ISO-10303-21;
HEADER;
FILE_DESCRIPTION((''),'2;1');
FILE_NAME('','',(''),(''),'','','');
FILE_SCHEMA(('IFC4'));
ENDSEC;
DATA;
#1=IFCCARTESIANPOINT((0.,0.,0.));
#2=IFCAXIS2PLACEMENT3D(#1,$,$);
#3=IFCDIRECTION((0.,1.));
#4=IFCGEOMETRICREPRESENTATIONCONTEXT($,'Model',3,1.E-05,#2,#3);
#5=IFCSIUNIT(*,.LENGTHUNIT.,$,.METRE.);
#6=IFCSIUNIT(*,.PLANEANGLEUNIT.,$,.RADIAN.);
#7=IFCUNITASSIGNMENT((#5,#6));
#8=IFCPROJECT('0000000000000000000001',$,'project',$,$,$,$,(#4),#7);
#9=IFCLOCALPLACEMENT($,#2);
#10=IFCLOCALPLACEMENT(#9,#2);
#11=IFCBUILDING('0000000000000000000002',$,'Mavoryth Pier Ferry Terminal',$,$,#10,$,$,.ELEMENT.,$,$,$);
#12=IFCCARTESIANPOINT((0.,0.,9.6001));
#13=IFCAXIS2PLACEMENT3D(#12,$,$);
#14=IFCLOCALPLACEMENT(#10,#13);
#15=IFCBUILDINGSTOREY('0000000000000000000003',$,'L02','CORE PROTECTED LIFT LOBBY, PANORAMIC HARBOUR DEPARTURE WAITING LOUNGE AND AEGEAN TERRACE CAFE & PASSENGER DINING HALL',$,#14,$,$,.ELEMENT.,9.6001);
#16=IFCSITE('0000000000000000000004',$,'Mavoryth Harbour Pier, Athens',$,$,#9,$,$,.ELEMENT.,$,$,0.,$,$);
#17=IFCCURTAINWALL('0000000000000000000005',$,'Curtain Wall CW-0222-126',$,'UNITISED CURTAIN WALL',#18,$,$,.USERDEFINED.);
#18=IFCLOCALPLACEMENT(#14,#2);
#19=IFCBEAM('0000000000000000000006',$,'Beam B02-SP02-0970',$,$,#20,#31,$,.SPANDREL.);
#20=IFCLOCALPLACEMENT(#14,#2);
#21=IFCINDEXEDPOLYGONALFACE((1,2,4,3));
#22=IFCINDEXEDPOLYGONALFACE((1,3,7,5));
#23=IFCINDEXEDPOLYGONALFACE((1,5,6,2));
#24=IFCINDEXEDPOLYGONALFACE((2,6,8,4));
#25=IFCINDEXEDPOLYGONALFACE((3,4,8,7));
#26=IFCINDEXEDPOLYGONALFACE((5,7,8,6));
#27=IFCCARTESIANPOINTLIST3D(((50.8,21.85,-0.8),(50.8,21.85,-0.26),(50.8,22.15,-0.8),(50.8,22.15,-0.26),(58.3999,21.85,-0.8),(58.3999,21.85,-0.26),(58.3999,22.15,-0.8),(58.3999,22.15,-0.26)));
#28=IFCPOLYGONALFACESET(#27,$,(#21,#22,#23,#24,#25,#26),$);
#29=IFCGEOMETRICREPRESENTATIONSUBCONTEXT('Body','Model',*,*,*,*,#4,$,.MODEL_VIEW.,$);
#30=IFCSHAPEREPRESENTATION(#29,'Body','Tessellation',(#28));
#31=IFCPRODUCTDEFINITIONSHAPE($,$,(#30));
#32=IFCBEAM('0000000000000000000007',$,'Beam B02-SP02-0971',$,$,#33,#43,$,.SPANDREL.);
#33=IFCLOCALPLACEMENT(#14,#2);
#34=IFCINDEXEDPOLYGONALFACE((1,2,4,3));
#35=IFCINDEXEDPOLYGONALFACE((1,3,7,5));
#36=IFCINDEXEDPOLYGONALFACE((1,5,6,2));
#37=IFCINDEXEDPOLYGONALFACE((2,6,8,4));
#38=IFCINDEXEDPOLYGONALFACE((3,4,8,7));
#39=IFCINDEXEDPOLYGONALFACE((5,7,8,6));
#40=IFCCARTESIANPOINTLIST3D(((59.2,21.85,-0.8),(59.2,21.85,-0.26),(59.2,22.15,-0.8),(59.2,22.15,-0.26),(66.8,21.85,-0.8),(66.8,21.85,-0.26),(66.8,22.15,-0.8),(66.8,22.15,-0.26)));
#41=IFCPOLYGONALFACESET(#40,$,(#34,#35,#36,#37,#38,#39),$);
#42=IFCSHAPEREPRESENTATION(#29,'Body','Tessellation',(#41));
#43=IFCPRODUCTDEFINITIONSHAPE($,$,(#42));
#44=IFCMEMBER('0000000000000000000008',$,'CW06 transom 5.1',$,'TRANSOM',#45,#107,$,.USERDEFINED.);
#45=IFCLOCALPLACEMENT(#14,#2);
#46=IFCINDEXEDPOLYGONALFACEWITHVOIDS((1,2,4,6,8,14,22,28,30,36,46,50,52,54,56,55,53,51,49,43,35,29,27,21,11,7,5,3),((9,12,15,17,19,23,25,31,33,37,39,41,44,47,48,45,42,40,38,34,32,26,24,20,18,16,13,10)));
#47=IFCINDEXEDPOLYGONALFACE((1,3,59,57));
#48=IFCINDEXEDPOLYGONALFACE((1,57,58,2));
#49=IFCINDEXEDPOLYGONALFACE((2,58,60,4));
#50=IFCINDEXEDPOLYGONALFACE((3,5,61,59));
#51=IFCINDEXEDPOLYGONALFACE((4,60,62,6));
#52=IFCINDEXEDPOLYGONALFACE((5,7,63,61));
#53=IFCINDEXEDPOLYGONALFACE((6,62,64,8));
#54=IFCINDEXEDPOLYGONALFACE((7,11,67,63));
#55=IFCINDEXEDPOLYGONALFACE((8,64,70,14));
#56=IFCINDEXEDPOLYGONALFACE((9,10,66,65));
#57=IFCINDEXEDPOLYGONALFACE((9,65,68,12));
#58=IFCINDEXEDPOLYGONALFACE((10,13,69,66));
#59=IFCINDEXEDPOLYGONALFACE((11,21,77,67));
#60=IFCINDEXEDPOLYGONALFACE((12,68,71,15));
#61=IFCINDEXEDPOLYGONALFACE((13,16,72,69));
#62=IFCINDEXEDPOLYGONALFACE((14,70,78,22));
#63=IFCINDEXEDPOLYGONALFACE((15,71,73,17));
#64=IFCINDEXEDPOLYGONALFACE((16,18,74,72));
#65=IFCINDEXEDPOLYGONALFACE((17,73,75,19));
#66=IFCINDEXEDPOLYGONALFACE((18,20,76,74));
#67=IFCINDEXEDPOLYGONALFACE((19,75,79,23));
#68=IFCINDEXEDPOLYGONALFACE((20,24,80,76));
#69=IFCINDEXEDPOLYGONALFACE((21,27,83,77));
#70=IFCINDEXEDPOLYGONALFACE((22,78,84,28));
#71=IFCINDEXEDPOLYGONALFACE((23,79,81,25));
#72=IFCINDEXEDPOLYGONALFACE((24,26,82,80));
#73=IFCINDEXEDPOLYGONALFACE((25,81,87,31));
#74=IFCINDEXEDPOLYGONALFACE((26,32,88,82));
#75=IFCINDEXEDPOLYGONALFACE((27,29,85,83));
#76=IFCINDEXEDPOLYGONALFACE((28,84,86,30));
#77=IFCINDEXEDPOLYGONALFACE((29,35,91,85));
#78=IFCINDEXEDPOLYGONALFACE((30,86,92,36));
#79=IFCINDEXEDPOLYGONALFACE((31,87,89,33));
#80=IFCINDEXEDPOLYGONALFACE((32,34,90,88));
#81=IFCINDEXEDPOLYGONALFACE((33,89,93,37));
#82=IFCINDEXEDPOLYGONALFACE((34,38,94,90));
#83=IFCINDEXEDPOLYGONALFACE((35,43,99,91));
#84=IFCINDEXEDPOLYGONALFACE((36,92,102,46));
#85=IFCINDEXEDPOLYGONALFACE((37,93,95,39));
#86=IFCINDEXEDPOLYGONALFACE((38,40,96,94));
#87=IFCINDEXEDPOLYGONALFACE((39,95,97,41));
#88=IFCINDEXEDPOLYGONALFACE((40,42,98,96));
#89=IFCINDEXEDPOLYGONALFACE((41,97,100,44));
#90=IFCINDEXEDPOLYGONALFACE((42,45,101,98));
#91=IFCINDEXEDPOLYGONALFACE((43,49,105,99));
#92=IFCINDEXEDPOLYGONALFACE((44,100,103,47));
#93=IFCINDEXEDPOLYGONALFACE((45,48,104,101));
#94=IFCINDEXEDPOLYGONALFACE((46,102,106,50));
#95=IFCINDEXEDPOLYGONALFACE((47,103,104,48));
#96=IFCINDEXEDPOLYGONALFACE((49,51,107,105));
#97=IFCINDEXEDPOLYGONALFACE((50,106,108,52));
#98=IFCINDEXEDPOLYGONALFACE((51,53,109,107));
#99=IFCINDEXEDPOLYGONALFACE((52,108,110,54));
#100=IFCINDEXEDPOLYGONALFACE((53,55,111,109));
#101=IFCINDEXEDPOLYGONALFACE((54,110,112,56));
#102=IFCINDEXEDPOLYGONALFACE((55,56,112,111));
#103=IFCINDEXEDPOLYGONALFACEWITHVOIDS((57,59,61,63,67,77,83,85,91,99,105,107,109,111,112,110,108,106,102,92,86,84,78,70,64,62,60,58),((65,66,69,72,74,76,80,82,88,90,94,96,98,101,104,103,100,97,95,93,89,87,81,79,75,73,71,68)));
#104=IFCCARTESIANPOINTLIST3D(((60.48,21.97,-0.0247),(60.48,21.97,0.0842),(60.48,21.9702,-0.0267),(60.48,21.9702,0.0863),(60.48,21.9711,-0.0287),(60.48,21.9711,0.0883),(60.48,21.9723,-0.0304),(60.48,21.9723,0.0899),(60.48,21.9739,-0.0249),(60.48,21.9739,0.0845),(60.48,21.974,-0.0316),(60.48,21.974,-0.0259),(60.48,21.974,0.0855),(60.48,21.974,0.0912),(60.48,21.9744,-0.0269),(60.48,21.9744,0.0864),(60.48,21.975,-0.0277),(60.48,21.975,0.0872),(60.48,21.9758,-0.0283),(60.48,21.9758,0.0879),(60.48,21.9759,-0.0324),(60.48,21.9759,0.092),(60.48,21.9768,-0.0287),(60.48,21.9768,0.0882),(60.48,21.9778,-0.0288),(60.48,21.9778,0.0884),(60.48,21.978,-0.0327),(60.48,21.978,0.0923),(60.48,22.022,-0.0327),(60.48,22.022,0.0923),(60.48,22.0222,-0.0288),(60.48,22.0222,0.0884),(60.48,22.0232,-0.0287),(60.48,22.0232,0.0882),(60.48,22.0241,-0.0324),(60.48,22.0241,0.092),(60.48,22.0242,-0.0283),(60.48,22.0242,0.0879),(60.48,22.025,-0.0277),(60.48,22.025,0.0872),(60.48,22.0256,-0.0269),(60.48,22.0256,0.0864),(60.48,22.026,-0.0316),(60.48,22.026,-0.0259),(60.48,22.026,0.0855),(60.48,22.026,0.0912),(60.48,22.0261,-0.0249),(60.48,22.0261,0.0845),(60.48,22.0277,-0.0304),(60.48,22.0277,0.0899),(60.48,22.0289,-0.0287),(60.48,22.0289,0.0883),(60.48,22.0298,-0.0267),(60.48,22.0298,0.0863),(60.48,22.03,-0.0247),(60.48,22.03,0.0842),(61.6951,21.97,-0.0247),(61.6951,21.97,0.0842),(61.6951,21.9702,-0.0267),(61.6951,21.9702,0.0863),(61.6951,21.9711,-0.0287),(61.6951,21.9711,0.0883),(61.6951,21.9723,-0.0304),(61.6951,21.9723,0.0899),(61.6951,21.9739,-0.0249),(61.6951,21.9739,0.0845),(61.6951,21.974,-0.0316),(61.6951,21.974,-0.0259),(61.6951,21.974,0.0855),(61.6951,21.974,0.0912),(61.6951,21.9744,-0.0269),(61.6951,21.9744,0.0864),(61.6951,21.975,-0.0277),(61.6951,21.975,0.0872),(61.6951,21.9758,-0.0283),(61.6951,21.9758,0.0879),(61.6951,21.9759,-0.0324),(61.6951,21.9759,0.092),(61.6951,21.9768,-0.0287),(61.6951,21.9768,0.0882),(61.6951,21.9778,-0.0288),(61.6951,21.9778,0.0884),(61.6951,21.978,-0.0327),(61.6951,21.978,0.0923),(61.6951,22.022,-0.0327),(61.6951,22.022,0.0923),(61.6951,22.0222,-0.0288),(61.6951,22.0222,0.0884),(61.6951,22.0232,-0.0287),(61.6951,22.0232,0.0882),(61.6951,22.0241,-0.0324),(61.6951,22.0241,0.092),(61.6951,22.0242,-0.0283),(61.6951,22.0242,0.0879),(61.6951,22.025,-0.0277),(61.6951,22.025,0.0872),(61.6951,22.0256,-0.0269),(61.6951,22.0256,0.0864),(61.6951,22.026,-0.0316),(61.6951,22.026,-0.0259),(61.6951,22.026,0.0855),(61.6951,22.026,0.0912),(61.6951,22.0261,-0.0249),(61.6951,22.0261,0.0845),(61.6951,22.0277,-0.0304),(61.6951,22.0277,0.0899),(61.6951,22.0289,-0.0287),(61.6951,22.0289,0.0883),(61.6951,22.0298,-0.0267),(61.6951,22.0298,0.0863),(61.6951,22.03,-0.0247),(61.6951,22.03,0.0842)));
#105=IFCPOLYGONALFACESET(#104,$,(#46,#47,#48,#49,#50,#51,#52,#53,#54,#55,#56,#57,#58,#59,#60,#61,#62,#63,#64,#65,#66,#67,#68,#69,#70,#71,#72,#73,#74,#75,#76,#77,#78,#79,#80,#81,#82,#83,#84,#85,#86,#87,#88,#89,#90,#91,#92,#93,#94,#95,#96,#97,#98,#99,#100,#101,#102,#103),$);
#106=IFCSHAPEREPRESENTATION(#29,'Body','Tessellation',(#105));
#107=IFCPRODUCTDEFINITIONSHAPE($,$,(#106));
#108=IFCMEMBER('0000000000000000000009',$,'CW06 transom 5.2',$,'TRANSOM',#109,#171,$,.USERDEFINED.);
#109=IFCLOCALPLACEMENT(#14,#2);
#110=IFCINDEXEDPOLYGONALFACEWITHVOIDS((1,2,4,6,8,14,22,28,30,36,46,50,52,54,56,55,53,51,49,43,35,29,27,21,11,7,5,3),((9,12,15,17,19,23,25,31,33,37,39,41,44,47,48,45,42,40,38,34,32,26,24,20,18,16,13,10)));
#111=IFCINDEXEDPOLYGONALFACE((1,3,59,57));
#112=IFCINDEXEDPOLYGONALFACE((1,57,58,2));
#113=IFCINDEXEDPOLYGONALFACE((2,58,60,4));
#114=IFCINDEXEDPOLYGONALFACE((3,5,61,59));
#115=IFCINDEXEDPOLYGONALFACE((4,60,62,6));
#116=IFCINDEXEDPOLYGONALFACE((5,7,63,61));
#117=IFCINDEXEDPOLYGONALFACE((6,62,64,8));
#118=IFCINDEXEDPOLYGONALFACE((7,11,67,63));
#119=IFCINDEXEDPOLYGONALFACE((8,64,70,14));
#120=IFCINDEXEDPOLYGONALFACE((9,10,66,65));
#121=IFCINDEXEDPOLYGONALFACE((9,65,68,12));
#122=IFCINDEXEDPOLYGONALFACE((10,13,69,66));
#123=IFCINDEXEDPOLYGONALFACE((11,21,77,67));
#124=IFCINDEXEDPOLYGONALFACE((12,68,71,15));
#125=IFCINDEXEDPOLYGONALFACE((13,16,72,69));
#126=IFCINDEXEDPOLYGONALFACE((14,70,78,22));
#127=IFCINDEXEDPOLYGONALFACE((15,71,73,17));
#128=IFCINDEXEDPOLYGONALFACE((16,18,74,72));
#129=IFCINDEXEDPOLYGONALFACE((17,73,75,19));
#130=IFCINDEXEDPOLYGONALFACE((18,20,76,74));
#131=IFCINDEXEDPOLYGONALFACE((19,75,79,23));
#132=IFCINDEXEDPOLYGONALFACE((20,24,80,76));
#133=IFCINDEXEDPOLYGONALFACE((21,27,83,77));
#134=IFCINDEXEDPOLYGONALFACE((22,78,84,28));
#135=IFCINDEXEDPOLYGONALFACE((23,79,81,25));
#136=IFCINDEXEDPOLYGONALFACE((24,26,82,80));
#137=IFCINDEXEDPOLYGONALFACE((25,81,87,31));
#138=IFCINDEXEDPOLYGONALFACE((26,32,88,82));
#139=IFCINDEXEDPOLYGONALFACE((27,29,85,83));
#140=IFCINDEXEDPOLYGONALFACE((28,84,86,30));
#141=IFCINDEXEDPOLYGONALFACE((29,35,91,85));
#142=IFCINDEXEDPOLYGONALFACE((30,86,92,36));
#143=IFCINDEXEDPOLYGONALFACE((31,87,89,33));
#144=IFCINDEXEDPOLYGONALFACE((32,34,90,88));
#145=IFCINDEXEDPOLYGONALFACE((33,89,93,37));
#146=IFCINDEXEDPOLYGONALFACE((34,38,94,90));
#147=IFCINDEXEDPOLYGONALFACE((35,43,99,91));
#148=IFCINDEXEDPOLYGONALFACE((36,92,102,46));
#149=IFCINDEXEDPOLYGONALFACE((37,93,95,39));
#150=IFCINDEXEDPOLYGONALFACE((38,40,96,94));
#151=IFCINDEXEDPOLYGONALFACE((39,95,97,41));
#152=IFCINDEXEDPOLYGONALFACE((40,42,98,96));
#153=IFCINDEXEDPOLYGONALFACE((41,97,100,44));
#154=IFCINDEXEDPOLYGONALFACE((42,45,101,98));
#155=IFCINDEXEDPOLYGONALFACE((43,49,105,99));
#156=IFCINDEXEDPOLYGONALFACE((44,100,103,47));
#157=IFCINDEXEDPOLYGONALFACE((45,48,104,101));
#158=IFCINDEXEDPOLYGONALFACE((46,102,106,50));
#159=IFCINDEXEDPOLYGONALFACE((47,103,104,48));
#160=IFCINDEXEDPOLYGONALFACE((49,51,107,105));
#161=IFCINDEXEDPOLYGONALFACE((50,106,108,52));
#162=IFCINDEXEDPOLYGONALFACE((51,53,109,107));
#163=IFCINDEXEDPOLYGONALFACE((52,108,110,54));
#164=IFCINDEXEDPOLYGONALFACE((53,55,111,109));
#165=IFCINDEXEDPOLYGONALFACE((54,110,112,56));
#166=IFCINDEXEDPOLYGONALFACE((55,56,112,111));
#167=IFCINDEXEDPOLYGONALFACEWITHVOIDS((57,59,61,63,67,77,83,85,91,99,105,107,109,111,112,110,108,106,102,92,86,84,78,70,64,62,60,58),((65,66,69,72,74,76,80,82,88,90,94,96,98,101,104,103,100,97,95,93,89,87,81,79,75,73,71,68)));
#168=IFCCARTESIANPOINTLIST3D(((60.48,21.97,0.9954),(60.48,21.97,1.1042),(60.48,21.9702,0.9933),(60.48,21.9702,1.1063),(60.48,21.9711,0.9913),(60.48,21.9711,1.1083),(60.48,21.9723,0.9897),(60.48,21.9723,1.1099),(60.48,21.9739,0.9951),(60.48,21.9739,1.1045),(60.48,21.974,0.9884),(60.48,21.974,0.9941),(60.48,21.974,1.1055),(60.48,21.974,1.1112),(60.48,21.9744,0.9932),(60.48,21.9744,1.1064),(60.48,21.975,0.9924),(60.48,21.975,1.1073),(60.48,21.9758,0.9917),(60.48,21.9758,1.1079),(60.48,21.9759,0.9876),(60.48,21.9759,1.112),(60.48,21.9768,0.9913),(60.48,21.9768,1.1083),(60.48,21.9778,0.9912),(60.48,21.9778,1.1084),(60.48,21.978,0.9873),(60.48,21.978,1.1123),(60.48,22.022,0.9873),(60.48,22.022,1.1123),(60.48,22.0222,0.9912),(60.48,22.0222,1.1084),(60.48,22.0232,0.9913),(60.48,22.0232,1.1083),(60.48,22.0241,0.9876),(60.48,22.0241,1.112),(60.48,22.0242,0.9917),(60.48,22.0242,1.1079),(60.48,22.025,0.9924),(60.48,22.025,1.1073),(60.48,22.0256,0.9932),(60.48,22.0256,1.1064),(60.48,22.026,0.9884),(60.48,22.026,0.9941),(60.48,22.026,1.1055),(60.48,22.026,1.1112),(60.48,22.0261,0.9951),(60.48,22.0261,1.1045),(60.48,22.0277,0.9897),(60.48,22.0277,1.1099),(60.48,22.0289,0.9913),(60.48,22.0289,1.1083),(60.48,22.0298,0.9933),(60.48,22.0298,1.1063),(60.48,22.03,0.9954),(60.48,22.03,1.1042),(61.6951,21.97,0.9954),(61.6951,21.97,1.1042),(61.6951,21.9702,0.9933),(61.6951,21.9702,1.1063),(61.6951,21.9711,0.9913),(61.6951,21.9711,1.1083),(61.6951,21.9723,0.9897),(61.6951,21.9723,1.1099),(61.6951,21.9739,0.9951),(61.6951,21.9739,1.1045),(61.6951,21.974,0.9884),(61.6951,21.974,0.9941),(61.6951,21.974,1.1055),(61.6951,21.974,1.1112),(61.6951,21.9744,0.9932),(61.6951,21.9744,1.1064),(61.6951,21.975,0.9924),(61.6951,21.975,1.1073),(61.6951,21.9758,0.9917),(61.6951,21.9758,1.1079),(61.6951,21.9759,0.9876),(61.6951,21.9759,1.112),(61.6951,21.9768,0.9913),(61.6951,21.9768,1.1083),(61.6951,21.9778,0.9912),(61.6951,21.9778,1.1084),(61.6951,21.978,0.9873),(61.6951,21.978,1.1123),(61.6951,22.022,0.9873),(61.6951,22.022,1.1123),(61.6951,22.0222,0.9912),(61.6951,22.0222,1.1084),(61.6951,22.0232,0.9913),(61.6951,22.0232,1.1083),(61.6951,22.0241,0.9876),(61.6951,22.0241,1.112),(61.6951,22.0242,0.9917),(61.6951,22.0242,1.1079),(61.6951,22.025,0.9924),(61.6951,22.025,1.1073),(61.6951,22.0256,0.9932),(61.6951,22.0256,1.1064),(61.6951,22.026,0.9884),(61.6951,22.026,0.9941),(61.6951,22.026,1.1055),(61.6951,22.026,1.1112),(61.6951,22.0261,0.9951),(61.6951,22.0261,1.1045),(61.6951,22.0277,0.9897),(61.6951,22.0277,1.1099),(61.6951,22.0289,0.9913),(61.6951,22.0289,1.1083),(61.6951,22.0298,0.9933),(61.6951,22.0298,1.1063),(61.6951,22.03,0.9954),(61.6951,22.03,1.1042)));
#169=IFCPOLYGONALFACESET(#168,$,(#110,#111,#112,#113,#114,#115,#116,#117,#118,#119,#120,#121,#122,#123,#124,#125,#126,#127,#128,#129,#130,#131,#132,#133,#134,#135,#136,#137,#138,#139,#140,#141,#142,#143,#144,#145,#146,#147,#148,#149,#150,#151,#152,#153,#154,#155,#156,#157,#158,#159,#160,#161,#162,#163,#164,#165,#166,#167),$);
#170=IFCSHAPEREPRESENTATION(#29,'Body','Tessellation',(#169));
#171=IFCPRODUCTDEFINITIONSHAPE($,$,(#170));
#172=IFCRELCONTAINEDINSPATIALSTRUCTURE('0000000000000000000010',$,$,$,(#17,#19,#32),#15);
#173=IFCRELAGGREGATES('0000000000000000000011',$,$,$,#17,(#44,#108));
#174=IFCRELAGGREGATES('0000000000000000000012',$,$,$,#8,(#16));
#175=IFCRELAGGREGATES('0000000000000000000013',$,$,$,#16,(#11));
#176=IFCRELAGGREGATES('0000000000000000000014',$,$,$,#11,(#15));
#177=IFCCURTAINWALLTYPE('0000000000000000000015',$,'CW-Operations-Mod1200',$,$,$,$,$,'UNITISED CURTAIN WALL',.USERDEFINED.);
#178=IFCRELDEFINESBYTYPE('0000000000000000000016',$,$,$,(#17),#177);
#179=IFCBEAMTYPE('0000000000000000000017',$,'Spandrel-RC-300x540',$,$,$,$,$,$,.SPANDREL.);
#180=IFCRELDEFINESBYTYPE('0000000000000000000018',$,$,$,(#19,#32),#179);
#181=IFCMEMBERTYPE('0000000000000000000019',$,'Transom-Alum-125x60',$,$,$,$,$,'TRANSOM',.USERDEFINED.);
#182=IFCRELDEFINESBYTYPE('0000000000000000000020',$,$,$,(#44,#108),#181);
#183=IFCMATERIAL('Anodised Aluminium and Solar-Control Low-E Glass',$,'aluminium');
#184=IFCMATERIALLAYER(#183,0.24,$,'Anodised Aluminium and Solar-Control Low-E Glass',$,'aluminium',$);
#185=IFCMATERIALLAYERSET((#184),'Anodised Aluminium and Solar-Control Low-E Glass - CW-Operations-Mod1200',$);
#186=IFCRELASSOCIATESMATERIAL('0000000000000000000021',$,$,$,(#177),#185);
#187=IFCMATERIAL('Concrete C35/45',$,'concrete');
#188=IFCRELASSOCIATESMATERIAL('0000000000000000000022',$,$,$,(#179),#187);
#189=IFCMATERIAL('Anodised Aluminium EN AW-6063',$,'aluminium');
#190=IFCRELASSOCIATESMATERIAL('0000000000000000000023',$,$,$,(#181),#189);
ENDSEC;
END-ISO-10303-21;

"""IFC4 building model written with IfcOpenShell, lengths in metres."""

from ifc_helpers import new_model, si_unit, direction, frame, origin, origin_2d, place, context, subcontext, project, spatial, rectangle, hollow_rectangle, extrude, material, layer, layer_set, material_profile, profile_set, type_object, element, aggregate, save


model = new_model("IFC4")

# Units and contexts
model_context = context("Model", 3, precision=1e-05, world=origin(), true_north=direction((0.0, 1.0)))
body_context = subcontext(model_context, "Body", "Model", "MODEL_VIEW")
ifc_project = project(units=[si_unit("LENGTHUNIT", "METRE"), si_unit("PLANEANGLEUNIT", "RADIAN")], contexts=[model_context])

# Site, building, storey
site_placement = place(None, origin())
site = spatial("IfcSite", under=ifc_project, at=site_placement, Name="Mavoryth Harbour Pier, Athens", CompositionType="ELEMENT", RefElevation=0.0)
building_placement = place(site_placement, origin())
building = spatial("IfcBuilding", under=site, at=building_placement, Name="Mavoryth Pier Ferry Terminal", CompositionType="ELEMENT")
storey_placement = place(building_placement, frame((0.0, 0.0, 9.6001)))
storey = spatial("IfcBuildingStorey", under=building, at=storey_placement, Name="L02", Description="CORE PROTECTED LIFT LOBBY, PANORAMIC HARBOUR DEPARTURE WAITING LOUNGE AND AEGEAN TERRACE CAFE & PASSENGER DINING HALL", CompositionType="ELEMENT", Elevation=9.6001)

# Shared definitions
ifc_material_1 = material(Name="Concrete C35/45", Category="concrete")

# Curtain wall
ifc_material_2 = material(Name="Anodised Aluminium and Solar-Control Low-E Glass", Category="aluminium")
ifc_layer_1 = layer(ifc_material_2, 0.24, Name="Anodised Aluminium and Solar-Control Low-E Glass", Category="aluminium")
ifc_layer_set_1 = layer_set([ifc_layer_1], Name="Anodised Aluminium and Solar-Control Low-E Glass - CW-Operations-Mod1200")
curtain_wall_type = type_object("IfcCurtainWallType", Name="CW-Operations-Mod1200", ElementType="UNITISED CURTAIN WALL", PredefinedType="USERDEFINED", material=ifc_layer_set_1)
curtain_wall_placement = place(storey_placement, origin())
curtain_wall = element("IfcCurtainWall", 1, at=curtain_wall_placement, inside=storey, type_object=curtain_wall_type, Name="Curtain Wall CW-0222-126", ObjectType="UNITISED CURTAIN WALL", PredefinedType="USERDEFINED")
ifc_material_3 = material(Name="Anodised Aluminium EN AW-6063", Category="aluminium")

# Beams
ifc_material_profile_1 = material_profile(ifc_material_1, rectangle(XDim=0.3, YDim=0.54, at=origin_2d()), Name="RC 300x540", Category="concrete")
ifc_profile_set_1 = profile_set([ifc_material_profile_1], Name="Concrete C35/45 - RC 300x540")
beam_type_1 = type_object("IfcBeamType", Name="Spandrel-RC-300x540", PredefinedType="SPANDREL", material=ifc_profile_set_1)
beam_1_placement = place(storey_placement, frame((50.8, 22.0, -0.53), z_axis=(1.0, 0.0, 0.0), x_axis=(0.0, 1.0, 0.0)))
element("IfcBeam", 2, at=beam_1_placement, inside=storey, type_object=beam_type_1, Name="Beam B02-SP02-0970", PredefinedType="SPANDREL", context=body_context, shape_type="SweptSolid", body=[
    extrude(rectangle(XDim=0.3, YDim=0.54, at=origin_2d()), origin(), (0.0, 0.0, 1.0), 7.5999),
])
beam_2_placement = place(storey_placement, frame((59.2, 22.0, -0.53), z_axis=(1.0, 0.0, 0.0), x_axis=(0.0, 1.0, 0.0)))
element("IfcBeam", 3, at=beam_2_placement, inside=storey, type_object=beam_type_1, Name="Beam B02-SP02-0971", PredefinedType="SPANDREL", context=body_context, shape_type="SweptSolid", body=[
    extrude(rectangle(XDim=0.3, YDim=0.54, at=origin_2d()), origin(), (0.0, 0.0, 1.0), 7.6001),
])

# Members
ifc_material_profile_2 = material_profile(ifc_material_3, hollow_rectangle(XDim=0.0601, YDim=0.125, WallThickness=0.0039, InnerFilletRadius=0.0039, OuterFilletRadius=0.0081, at=origin_2d()), Name="AL-TRAN 125x60x4", Category="aluminium")
ifc_profile_set_2 = profile_set([ifc_material_profile_2], Name="Anodised Aluminium EN AW-6063 - AL-TRAN 125x60x4")
member_type_1 = type_object("IfcMemberType", Name="Transom-Alum-125x60", ElementType="TRANSOM", PredefinedType="USERDEFINED", material=ifc_profile_set_2)
member_1_placement = place(storey_placement, frame((61.6951, 22.0, 0.0298), z_axis=(-1.0, 0.0, 0.0), x_axis=(0.0, -1.0, 0.0)))
member_1 = element("IfcMember", 4, at=member_1_placement, type_object=member_type_1, Name="CW06 transom 5.1", ObjectType="TRANSOM", PredefinedType="USERDEFINED", context=body_context, shape_type="SweptSolid", body=[
    extrude(hollow_rectangle(XDim=0.0601, YDim=0.125, WallThickness=0.0039, InnerFilletRadius=0.0039, OuterFilletRadius=0.0081, at=origin_2d()), origin(), (0.0, 0.0, 1.0), 1.2151),
])
member_2_placement = place(storey_placement, frame((61.6951, 22.0, 1.0498), z_axis=(-1.0, 0.0, 0.0), x_axis=(0.0, -1.0, 0.0)))
member_2 = element("IfcMember", 5, at=member_2_placement, type_object=member_type_1, Name="CW06 transom 5.2", ObjectType="TRANSOM", PredefinedType="USERDEFINED", context=body_context, shape_type="SweptSolid", body=[
    extrude(hollow_rectangle(XDim=0.0601, YDim=0.125, WallThickness=0.0039, InnerFilletRadius=0.0039, OuterFilletRadius=0.0081, at=origin_2d()), origin(), (0.0, 0.0, 1.0), 1.2151),
])

aggregate(curtain_wall, [member_1, member_2])

save(model, "model.ifc")
